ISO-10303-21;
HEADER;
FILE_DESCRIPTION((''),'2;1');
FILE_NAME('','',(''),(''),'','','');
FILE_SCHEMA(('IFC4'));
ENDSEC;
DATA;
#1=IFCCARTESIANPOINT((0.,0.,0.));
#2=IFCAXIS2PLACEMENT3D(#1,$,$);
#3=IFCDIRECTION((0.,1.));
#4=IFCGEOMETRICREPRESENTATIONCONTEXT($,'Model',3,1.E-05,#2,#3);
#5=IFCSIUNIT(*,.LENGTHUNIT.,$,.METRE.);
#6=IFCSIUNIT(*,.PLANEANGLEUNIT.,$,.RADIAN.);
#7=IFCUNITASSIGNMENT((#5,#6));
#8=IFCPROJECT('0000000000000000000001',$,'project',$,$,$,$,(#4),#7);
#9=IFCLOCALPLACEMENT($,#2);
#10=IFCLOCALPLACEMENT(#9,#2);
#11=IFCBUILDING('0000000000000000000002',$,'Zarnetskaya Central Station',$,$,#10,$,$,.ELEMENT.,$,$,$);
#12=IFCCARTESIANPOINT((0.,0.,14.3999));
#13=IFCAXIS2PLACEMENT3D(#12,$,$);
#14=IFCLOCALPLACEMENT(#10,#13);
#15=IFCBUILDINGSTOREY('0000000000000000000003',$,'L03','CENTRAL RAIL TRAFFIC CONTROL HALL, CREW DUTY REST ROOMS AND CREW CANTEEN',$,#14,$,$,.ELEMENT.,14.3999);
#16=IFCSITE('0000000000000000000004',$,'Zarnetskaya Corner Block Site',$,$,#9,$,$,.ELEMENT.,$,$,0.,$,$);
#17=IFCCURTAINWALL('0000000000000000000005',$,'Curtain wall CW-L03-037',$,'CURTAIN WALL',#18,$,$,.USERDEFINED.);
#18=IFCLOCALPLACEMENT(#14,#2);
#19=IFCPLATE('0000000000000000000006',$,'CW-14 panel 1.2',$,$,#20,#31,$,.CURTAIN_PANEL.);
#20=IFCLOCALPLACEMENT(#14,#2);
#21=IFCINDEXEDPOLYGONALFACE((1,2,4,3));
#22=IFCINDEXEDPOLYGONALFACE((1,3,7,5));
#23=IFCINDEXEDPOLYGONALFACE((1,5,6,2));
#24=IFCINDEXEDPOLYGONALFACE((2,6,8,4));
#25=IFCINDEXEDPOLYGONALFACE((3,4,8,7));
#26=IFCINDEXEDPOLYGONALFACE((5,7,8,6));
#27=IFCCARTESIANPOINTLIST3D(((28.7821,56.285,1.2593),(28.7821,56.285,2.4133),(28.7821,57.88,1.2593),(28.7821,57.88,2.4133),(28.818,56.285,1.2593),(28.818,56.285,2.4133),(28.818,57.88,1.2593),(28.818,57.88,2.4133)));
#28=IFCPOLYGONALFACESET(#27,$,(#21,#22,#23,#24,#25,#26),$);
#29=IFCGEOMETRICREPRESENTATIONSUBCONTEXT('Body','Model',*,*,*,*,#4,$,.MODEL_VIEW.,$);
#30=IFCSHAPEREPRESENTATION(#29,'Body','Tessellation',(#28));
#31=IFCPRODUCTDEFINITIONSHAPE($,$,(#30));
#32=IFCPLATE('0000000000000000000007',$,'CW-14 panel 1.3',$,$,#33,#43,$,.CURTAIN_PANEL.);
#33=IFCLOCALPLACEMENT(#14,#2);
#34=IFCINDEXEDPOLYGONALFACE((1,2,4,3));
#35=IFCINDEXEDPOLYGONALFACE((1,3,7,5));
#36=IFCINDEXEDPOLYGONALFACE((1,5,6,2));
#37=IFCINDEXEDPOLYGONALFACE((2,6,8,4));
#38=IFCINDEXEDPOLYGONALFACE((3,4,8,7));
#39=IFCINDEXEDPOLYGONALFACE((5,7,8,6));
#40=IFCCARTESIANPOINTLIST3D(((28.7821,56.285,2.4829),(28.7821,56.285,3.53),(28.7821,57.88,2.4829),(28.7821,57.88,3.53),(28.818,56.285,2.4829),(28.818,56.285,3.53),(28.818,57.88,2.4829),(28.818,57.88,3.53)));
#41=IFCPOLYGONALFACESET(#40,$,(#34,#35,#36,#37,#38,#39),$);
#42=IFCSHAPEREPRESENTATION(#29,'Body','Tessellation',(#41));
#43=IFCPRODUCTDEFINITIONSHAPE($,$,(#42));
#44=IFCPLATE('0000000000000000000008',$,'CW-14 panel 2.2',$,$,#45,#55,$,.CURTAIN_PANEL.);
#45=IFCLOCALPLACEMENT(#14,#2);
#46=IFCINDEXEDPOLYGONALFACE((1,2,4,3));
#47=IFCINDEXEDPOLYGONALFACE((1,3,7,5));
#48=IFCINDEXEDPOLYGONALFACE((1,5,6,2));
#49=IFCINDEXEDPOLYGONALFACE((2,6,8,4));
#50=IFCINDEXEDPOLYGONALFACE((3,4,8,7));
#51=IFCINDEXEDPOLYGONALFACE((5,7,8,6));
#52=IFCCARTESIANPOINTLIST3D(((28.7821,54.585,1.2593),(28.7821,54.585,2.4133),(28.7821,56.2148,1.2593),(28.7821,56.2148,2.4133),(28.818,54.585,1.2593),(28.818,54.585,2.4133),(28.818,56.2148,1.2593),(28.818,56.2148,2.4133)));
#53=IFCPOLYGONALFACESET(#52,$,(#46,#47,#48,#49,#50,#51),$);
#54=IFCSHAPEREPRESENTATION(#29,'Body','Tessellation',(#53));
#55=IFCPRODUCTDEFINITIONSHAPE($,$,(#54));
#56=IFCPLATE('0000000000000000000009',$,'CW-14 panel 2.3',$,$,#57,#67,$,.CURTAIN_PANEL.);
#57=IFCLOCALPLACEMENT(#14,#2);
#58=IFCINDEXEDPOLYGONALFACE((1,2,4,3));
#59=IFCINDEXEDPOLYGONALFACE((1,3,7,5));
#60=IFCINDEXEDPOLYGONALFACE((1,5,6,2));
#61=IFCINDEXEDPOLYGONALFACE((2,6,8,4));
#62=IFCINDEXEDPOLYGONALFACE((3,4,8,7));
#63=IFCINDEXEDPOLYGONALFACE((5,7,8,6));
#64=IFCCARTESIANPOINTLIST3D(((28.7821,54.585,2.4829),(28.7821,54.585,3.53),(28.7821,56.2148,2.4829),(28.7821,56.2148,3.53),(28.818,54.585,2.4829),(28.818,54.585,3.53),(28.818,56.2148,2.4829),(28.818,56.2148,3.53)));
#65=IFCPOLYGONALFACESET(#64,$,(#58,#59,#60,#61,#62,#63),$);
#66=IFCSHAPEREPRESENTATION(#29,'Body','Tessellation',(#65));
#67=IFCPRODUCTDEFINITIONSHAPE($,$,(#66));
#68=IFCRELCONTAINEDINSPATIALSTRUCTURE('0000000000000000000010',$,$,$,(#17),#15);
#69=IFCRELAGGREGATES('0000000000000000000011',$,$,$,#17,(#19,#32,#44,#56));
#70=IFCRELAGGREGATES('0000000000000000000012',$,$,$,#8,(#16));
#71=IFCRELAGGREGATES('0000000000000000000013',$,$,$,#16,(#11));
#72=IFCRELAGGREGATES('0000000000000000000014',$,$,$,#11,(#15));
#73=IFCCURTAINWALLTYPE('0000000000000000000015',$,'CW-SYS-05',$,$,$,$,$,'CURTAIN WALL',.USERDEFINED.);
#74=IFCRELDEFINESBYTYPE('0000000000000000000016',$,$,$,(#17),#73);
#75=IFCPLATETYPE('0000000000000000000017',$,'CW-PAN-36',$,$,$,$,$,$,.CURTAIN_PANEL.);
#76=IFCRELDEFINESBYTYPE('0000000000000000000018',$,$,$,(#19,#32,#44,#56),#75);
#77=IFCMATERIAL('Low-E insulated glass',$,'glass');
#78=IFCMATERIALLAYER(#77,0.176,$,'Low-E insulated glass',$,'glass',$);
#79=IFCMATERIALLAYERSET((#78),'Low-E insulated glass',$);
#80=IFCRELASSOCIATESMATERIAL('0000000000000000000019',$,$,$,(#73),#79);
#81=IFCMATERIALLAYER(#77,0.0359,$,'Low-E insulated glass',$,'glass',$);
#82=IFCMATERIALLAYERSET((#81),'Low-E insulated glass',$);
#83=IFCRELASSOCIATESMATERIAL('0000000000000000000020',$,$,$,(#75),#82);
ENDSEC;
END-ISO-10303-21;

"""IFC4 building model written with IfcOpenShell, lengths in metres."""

from ifc_helpers import new_model, si_unit, direction, frame, origin, origin_2d, place, context, subcontext, project, spatial, rectangle, extrude, material, layer, layer_set, type_object, element, aggregate, save


model = new_model("IFC4")

# Units and contexts
model_context = context("Model", 3, precision=1e-05, world=origin(), true_north=direction((0.0, 1.0)))
body_context = subcontext(model_context, "Body", "Model", "MODEL_VIEW")
ifc_project = project(units=[si_unit("LENGTHUNIT", "METRE"), si_unit("PLANEANGLEUNIT", "RADIAN")], contexts=[model_context])

# Site, building, storey
site_placement = place(None, origin())
site = spatial("IfcSite", under=ifc_project, at=site_placement, Name="Zarnetskaya Corner Block Site", CompositionType="ELEMENT", RefElevation=0.0)
building_placement = place(site_placement, origin())
building = spatial("IfcBuilding", under=site, at=building_placement, Name="Zarnetskaya Central Station", CompositionType="ELEMENT")
storey_placement = place(building_placement, frame((0.0, 0.0, 14.3999)))
storey = spatial("IfcBuildingStorey", under=building, at=storey_placement, Name="L03", Description="CENTRAL RAIL TRAFFIC CONTROL HALL, CREW DUTY REST ROOMS AND CREW CANTEEN", CompositionType="ELEMENT", Elevation=14.3999)

# Curtain wall
ifc_material_1 = material(Name="Low-E insulated glass", Category="glass")
ifc_layer_1 = layer(ifc_material_1, 0.176, Name="Low-E insulated glass", Category="glass")
ifc_layer_set_1 = layer_set([ifc_layer_1], Name="Low-E insulated glass")
curtain_wall_type_1 = type_object("IfcCurtainWallType", Name="CW-SYS-05", ElementType="CURTAIN WALL", PredefinedType="USERDEFINED", material=ifc_layer_set_1)
curtain_wall_1_placement = place(storey_placement, origin())
curtain_wall_1 = element("IfcCurtainWall", 1, at=curtain_wall_1_placement, inside=storey, type_object=curtain_wall_type_1, Name="Curtain wall CW-L03-037", ObjectType="CURTAIN WALL", PredefinedType="USERDEFINED")

# Plates
ifc_layer_2 = layer(ifc_material_1, 0.0359, Name="Low-E insulated glass", Category="glass")
ifc_layer_set_2 = layer_set([ifc_layer_2], Name="Low-E insulated glass")
plate_type_1 = type_object("IfcPlateType", Name="CW-PAN-36", PredefinedType="CURTAIN_PANEL", material=ifc_layer_set_2)
plate_1_placement = place(storey_placement, frame((28.8, 57.0825, 1.2593), z_axis=(0.0, 0.0, 1.0), x_axis=(0.0, -1.0, 0.0)))
plate_1 = element("IfcPlate", 2, at=plate_1_placement, type_object=plate_type_1, Name="CW-14 panel 1.2", PredefinedType="CURTAIN_PANEL", context=body_context, shape_type="SweptSolid", body=[
    extrude(rectangle(XDim=1.595, YDim=0.0359, at=origin_2d()), origin(), (0.0, 0.0, 1.0), 1.1541),
])
plate_2_placement = place(storey_placement, frame((28.8, 57.0825, 2.4829), z_axis=(0.0, 0.0, 1.0), x_axis=(0.0, -1.0, 0.0)))
plate_2 = element("IfcPlate", 3, at=plate_2_placement, type_object=plate_type_1, Name="CW-14 panel 1.3", PredefinedType="CURTAIN_PANEL", context=body_context, shape_type="SweptSolid", body=[
    extrude(rectangle(XDim=1.595, YDim=0.0359, at=origin_2d()), origin(), (0.0, 0.0, 1.0), 1.0471),
])
plate_3_placement = place(storey_placement, frame((28.8, 55.3999, 1.2593), z_axis=(0.0, 0.0, 1.0), x_axis=(0.0, -1.0, 0.0)))
plate_3 = element("IfcPlate", 4, at=plate_3_placement, type_object=plate_type_1, Name="CW-14 panel 2.2", PredefinedType="CURTAIN_PANEL", context=body_context, shape_type="SweptSolid", body=[
    extrude(rectangle(XDim=1.6299, YDim=0.0359, at=origin_2d()), origin(), (0.0, 0.0, 1.0), 1.1541),
])
plate_4_placement = place(storey_placement, frame((28.8, 55.3999, 2.4829), z_axis=(0.0, 0.0, 1.0), x_axis=(0.0, -1.0, 0.0)))
plate_4 = element("IfcPlate", 5, at=plate_4_placement, type_object=plate_type_1, Name="CW-14 panel 2.3", PredefinedType="CURTAIN_PANEL", context=body_context, shape_type="SweptSolid", body=[
    extrude(rectangle(XDim=1.6299, YDim=0.0359, at=origin_2d()), origin(), (0.0, 0.0, 1.0), 1.0471),
])
aggregate(curtain_wall_1, [plate_1, plate_2, plate_3, plate_4])

save(model, "model.ifc")
